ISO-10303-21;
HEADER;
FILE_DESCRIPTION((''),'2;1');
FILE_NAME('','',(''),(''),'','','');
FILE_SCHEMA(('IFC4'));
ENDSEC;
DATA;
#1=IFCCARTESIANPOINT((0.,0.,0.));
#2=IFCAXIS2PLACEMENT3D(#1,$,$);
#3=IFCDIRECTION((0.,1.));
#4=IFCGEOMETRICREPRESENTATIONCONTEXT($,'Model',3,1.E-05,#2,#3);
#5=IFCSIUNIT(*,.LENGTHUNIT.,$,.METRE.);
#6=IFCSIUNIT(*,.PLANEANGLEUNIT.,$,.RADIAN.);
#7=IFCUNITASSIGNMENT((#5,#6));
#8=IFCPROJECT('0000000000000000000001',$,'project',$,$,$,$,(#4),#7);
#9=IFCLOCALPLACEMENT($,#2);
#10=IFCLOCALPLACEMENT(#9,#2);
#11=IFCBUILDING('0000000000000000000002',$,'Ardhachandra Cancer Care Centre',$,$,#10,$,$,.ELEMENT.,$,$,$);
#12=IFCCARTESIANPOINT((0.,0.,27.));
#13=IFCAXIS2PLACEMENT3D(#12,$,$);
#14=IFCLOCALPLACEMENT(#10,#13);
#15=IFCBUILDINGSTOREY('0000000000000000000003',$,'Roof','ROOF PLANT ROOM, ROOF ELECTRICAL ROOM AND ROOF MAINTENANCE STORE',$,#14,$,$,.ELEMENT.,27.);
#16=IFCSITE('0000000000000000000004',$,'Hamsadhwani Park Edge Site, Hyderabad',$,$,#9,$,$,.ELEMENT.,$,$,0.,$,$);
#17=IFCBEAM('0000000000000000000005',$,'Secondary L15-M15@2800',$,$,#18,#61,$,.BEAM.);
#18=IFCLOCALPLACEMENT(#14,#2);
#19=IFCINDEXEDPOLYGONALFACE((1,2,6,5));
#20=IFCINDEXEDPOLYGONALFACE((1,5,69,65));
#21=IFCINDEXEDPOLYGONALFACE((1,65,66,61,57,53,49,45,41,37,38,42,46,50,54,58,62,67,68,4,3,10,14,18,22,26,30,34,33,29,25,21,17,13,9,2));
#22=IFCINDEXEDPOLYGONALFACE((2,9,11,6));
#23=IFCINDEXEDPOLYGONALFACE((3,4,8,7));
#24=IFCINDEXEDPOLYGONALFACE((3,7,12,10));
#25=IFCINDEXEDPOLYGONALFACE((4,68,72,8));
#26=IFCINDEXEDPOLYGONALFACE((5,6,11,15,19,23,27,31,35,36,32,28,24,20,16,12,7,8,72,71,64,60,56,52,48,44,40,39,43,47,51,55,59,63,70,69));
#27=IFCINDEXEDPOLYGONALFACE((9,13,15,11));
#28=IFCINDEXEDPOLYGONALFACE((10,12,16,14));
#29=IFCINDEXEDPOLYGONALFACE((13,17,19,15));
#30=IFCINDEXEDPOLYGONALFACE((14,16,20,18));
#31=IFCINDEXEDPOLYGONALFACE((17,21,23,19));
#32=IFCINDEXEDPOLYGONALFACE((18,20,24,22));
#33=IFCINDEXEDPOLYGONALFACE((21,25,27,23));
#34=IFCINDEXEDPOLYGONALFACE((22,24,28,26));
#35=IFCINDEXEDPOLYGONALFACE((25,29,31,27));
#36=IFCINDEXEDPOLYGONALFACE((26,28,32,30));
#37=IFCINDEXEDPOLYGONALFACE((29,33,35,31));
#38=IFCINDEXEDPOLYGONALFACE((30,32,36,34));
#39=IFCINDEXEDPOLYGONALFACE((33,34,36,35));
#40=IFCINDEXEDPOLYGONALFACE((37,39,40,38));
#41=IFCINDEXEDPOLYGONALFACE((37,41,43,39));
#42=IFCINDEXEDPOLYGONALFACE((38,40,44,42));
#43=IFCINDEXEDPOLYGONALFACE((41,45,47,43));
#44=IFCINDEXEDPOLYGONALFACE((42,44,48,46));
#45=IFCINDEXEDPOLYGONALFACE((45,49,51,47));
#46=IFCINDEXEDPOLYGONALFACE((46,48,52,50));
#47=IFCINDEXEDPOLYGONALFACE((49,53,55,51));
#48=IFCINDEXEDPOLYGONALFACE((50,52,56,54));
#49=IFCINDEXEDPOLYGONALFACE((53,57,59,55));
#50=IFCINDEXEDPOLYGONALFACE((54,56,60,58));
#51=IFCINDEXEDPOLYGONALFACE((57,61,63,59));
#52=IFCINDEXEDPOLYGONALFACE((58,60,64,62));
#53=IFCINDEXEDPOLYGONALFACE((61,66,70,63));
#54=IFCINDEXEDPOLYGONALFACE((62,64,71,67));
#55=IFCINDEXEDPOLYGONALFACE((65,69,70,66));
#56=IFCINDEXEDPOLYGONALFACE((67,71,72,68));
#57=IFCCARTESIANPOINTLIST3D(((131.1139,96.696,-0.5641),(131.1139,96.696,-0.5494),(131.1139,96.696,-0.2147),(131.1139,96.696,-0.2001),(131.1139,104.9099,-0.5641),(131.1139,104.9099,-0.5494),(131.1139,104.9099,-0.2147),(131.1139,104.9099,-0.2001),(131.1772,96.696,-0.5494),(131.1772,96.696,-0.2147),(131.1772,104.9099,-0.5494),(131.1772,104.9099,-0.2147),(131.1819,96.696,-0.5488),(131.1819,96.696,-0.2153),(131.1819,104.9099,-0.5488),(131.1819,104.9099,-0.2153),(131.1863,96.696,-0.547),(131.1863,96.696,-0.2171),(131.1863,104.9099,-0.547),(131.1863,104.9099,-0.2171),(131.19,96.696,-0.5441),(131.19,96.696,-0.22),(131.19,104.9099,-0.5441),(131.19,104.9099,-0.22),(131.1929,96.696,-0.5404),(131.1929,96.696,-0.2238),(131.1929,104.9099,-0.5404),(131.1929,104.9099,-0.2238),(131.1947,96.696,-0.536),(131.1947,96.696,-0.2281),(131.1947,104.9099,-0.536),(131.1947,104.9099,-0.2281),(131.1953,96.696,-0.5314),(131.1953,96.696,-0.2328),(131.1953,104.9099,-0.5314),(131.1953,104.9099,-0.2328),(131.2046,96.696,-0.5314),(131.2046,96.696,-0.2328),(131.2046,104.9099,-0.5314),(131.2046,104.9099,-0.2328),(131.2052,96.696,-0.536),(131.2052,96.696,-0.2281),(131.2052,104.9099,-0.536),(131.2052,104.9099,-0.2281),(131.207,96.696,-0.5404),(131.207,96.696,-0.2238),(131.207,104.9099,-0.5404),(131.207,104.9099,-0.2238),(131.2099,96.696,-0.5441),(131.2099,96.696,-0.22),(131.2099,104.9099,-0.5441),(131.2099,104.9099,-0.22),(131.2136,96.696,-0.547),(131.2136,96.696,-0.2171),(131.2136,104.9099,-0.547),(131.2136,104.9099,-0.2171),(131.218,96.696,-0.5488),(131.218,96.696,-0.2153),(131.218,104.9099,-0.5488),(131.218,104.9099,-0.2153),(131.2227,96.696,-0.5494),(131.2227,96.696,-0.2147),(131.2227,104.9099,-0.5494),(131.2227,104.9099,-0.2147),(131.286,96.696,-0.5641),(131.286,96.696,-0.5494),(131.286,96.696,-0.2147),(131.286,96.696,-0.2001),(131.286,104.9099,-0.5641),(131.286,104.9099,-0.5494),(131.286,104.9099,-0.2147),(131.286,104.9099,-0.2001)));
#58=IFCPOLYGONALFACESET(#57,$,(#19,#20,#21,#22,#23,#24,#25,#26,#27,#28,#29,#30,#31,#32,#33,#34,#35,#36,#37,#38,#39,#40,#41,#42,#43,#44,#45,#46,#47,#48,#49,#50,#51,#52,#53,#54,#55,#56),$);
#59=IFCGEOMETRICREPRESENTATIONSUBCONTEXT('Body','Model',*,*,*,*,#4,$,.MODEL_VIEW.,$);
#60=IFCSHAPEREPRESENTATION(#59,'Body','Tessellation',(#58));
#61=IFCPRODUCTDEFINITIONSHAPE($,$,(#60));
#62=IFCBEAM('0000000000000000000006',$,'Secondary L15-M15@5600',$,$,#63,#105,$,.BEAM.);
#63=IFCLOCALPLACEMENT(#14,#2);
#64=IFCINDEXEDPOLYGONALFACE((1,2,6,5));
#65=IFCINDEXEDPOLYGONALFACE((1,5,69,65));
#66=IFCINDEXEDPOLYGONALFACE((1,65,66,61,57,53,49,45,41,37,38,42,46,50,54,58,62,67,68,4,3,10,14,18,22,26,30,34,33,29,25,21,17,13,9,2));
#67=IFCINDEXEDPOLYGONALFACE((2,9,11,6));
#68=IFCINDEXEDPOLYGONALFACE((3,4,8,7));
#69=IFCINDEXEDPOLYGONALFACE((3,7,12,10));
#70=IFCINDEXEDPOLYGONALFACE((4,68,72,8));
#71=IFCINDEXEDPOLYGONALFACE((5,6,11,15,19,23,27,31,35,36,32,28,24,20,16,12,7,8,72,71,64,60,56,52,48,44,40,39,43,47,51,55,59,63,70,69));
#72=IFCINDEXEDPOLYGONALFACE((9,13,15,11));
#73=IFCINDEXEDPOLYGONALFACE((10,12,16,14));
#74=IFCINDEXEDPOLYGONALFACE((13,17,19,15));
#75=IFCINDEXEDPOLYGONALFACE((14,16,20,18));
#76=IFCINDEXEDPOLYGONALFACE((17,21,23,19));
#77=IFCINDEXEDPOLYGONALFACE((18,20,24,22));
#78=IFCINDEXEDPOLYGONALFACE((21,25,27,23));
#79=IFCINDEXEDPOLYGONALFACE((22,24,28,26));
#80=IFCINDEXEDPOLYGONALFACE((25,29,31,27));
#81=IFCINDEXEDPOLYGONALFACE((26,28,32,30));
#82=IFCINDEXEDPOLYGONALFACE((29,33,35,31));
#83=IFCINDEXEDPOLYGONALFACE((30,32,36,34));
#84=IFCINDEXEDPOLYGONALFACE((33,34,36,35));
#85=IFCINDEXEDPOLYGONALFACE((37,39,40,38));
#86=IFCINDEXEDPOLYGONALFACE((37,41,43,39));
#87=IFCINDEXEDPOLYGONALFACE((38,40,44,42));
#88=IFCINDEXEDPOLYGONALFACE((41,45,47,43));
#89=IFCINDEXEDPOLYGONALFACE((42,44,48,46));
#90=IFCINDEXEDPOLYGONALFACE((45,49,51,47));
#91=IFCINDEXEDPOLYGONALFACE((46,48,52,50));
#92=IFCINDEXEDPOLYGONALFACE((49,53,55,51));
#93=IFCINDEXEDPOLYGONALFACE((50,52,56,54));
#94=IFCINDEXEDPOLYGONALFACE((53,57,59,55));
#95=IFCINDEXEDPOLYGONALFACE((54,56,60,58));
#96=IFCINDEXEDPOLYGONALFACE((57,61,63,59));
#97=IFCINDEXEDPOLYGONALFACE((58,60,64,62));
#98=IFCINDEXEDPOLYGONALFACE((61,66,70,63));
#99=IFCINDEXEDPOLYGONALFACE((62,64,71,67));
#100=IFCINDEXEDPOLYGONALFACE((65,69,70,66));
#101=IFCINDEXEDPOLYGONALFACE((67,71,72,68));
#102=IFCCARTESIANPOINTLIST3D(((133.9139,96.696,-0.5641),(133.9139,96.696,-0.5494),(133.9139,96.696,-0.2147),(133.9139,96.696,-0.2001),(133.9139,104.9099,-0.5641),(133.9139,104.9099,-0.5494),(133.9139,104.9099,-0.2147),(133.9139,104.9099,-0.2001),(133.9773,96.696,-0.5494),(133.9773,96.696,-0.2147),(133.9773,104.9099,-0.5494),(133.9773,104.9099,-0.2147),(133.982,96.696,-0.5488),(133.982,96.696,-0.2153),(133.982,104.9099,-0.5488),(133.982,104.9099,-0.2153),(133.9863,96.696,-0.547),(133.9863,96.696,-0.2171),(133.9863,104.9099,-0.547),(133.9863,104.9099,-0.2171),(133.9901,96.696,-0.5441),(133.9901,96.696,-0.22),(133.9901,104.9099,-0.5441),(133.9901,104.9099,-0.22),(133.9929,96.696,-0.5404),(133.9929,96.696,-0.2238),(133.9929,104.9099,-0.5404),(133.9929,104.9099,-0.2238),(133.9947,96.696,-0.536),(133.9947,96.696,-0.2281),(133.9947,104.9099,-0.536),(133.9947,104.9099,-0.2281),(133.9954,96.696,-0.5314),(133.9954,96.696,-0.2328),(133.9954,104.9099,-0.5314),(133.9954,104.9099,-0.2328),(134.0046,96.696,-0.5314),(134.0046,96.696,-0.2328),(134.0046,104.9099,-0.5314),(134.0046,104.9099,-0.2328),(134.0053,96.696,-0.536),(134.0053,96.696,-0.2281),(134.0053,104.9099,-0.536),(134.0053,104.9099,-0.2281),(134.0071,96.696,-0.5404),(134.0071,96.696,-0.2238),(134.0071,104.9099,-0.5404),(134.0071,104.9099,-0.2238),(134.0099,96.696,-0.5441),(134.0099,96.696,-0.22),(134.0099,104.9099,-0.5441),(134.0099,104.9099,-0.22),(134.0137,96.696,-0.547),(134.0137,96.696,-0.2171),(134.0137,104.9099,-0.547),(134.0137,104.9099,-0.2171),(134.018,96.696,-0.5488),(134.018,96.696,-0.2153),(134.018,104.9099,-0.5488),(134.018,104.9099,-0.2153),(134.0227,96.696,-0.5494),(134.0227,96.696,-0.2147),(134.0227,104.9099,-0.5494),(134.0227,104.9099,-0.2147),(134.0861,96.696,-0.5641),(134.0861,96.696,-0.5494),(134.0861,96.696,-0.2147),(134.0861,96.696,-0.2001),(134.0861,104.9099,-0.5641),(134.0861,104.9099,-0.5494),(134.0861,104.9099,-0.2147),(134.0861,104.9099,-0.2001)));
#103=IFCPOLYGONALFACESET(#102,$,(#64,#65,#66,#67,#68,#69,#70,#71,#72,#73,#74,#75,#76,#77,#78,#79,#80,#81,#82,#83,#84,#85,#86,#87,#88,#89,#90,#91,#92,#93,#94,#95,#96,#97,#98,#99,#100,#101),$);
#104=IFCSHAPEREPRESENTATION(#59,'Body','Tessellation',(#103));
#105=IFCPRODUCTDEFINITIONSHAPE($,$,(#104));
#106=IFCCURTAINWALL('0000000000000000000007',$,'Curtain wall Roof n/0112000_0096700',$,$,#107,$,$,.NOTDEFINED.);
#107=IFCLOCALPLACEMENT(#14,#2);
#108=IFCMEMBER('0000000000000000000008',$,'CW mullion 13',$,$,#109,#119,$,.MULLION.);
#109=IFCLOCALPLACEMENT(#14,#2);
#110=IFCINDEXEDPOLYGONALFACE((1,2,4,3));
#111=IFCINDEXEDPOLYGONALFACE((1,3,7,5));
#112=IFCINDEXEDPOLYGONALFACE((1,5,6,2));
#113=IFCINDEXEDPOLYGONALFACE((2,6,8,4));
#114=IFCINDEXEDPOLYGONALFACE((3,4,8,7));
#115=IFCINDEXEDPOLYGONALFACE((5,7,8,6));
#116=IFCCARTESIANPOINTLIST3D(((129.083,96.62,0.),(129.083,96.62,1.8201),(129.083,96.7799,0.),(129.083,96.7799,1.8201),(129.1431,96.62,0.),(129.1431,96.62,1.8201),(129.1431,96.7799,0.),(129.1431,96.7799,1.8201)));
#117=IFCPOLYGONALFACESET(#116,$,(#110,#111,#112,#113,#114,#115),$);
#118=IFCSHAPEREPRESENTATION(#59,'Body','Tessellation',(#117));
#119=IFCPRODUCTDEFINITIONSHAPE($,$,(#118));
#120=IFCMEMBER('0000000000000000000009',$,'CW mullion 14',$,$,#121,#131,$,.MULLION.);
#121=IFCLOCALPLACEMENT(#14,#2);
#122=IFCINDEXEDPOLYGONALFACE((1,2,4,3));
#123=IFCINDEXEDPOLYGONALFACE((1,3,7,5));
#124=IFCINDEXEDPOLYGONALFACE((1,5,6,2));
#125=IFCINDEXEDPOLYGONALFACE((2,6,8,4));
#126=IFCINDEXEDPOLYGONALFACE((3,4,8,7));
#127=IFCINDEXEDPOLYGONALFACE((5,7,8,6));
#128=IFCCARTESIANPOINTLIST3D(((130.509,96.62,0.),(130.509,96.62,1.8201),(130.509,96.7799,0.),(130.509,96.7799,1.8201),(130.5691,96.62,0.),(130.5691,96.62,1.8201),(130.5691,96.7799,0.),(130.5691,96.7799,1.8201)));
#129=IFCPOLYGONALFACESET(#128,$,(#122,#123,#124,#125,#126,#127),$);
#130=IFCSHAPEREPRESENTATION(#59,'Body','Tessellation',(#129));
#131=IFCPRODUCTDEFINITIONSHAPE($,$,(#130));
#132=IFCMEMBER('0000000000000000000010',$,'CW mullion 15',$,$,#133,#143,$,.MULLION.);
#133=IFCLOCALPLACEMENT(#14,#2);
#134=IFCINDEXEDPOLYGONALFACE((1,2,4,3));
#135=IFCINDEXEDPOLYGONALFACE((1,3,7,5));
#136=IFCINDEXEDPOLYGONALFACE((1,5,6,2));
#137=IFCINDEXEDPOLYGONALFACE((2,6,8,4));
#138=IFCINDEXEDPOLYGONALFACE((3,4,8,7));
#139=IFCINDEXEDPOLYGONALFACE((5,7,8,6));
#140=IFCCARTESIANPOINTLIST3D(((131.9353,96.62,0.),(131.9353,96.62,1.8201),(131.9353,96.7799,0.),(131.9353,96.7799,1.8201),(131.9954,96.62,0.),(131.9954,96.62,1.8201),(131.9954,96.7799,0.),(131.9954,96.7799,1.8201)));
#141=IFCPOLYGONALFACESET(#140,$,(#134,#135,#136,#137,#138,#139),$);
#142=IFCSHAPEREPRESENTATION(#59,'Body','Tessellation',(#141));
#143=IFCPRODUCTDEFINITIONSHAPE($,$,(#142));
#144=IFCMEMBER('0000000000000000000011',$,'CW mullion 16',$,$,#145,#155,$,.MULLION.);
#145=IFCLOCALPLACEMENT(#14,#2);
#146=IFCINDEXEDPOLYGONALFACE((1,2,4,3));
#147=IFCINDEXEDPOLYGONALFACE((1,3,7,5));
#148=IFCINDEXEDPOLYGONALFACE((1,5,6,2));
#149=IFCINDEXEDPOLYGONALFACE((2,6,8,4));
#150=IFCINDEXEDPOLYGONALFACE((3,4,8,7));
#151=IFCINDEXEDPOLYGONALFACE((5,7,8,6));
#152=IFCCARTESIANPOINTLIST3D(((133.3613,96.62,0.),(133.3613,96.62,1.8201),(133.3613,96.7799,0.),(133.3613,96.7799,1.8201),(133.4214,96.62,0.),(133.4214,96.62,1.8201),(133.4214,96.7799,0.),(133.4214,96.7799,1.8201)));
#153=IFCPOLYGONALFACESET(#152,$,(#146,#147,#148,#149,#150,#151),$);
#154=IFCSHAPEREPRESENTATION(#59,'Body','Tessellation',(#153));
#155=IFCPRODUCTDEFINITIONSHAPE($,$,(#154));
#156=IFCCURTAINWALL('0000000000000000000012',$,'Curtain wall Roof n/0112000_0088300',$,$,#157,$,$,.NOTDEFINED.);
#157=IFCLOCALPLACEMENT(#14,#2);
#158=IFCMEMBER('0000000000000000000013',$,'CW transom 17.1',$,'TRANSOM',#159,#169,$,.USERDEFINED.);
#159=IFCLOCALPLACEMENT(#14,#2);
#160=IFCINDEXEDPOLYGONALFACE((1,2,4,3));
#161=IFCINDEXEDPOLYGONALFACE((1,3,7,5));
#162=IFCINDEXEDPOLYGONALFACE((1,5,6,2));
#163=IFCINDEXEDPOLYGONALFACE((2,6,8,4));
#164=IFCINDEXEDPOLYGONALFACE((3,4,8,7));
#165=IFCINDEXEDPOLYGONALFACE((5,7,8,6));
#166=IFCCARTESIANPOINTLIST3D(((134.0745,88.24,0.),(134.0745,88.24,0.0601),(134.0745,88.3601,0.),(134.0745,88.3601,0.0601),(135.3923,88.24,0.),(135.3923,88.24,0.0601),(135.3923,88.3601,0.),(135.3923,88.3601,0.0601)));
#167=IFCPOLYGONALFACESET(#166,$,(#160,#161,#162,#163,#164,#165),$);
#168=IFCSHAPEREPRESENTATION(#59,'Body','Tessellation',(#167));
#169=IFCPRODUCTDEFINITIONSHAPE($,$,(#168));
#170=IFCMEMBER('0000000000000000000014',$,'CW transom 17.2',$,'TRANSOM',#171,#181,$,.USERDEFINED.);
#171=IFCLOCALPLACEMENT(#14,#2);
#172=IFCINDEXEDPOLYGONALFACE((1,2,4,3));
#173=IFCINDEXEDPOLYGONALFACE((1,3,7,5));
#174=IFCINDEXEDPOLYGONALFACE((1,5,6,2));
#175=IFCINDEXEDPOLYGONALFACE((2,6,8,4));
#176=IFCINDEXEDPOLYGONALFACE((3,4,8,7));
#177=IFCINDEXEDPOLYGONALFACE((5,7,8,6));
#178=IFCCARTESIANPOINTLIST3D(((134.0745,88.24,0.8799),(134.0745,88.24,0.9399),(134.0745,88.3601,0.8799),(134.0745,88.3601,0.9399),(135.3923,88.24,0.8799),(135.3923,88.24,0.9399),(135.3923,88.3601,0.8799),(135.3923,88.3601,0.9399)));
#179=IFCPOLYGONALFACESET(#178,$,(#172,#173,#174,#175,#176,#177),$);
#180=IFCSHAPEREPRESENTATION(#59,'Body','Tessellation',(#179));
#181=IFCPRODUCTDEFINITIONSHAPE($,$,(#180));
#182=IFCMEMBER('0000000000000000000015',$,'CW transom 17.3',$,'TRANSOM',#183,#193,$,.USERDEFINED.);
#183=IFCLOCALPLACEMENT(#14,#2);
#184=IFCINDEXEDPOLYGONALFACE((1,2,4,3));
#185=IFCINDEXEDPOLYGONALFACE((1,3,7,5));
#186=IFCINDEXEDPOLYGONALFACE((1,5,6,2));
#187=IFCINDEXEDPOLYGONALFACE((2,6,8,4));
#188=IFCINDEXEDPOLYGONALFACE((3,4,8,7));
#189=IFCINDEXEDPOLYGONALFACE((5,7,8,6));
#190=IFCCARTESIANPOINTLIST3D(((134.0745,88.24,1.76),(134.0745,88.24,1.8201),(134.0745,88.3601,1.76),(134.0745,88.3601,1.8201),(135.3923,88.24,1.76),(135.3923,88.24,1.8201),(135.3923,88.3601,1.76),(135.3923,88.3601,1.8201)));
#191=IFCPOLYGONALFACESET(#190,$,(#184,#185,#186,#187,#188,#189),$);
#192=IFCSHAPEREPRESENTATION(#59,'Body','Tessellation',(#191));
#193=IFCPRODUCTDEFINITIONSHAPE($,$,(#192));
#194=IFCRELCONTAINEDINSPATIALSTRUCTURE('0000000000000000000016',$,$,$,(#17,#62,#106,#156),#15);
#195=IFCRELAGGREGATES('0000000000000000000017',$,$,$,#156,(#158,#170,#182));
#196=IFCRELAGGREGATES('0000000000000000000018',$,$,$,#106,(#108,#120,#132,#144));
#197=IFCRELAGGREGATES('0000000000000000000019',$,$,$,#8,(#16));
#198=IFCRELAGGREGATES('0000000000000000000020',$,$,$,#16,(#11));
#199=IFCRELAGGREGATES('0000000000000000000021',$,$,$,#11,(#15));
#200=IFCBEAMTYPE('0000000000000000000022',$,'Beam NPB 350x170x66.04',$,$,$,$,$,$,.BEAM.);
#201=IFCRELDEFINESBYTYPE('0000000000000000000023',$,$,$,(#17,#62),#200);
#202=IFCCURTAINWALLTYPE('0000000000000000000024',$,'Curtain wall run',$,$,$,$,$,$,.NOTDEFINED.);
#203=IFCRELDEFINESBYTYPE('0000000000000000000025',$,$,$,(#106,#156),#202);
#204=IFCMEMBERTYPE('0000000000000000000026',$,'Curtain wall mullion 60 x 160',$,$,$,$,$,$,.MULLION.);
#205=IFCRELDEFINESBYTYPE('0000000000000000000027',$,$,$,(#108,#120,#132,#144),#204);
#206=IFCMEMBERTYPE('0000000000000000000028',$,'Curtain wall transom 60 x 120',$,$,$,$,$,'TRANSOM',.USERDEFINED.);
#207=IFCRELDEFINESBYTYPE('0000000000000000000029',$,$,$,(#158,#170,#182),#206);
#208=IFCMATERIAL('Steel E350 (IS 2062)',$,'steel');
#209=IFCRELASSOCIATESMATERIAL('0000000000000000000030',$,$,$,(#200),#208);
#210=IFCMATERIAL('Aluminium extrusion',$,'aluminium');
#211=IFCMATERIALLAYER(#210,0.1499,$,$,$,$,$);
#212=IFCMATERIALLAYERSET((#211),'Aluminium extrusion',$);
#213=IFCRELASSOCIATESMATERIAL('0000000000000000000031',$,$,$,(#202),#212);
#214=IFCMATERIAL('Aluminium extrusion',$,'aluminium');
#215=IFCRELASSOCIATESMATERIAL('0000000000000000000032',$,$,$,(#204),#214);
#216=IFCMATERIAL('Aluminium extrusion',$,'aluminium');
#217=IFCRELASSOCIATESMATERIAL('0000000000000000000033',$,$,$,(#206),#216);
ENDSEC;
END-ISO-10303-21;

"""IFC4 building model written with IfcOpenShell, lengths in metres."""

from ifc_helpers import new_model, si_unit, direction, frame, origin, origin_2d, place, context, subcontext, project, spatial, rectangle, i_section, extrude, material, layer, layer_set, material_profile, profile_set, type_object, element, aggregate, save


model = new_model("IFC4")

# Units and contexts
model_context = context("Model", 3, precision=1e-05, world=origin(), true_north=direction((0.0, 1.0)))
body_context = subcontext(model_context, "Body", "Model", "MODEL_VIEW")
ifc_project = project(units=[si_unit("LENGTHUNIT", "METRE"), si_unit("PLANEANGLEUNIT", "RADIAN")], contexts=[model_context])

# Site, building, storey
site_placement = place(None, origin())
site = spatial("IfcSite", under=ifc_project, at=site_placement, Name="Hamsadhwani Park Edge Site, Hyderabad", CompositionType="ELEMENT", RefElevation=0.0)
building_placement = place(site_placement, origin())
building = spatial("IfcBuilding", under=site, at=building_placement, Name="Ardhachandra Cancer Care Centre", CompositionType="ELEMENT")
storey_placement = place(building_placement, frame((0.0, 0.0, 27.0)))
storey = spatial("IfcBuildingStorey", under=building, at=storey_placement, Name="Roof", Description="ROOF PLANT ROOM, ROOF ELECTRICAL ROOM AND ROOF MAINTENANCE STORE", CompositionType="ELEMENT", Elevation=27.0)

# Beams
ifc_material_1 = material(Name="Steel E350 (IS 2062)", Category="steel")
ifc_material_profile_1 = material_profile(ifc_material_1, i_section(OverallWidth=0.1721, OverallDepth=0.364, WebThickness=0.0093, FlangeThickness=0.0146, FilletRadius=0.0181, at=origin_2d()), Name="NPB 350x170x66.04")
ifc_profile_set_1 = profile_set([ifc_material_profile_1], Name="Steel E350 (IS 2062)")
beam_type = type_object("IfcBeamType", Name="Beam NPB 350x170x66.04", PredefinedType="BEAM", material=ifc_profile_set_1)
for number, where, z_axis, x_axis, name in (
    (1, (131.2, 96.696, -0.3821), (0.0, 1.0, 0.0), (-1.0, 0.0, 0.0), "Secondary L15-M15@2800"),
    (2, (134.0, 96.696, -0.3821), (0.0, 1.0, 0.0), (-1.0, 0.0, 0.0), "Secondary L15-M15@5600"),
):
    element("IfcBeam", number, at=place(storey_placement, frame(where, z_axis=z_axis, x_axis=x_axis)), inside=storey, type_object=beam_type, Name=name, PredefinedType="BEAM", context=body_context, shape_type="SweptSolid", body=[
        extrude(i_section(OverallWidth=0.1721, OverallDepth=0.364, WebThickness=0.0093, FlangeThickness=0.0146, FilletRadius=0.0181, at=origin_2d()), origin(), (0.0, 0.0, 1.0), 8.2139),
    ])

# Curtain walls, members
ifc_material_2 = material(Name="Aluminium extrusion", Category="aluminium")
ifc_layer_1 = layer(ifc_material_2, 0.1499)
ifc_layer_set_1 = layer_set([ifc_layer_1], Name="Aluminium extrusion")
curtain_wall_type = type_object("IfcCurtainWallType", Name="Curtain wall run", PredefinedType="NOTDEFINED", material=ifc_layer_set_1)
curtain_wall_1_placement = place(storey_placement, origin())
curtain_wall_1 = element("IfcCurtainWall", 3, at=curtain_wall_1_placement, inside=storey, type_object=curtain_wall_type, Name="Curtain wall Roof n/0112000_0096700", PredefinedType="NOTDEFINED")
ifc_material_3 = material(Name="Aluminium extrusion", Category="aluminium")
ifc_material_profile_2 = material_profile(ifc_material_3, rectangle(XDim=0.1599, YDim=0.0601, at=origin_2d()), Name="Curtain wall mullion 60 x 160")
ifc_profile_set_2 = profile_set([ifc_material_profile_2], Name="Aluminium extrusion")
member_type_1 = type_object("IfcMemberType", Name="Curtain wall mullion 60 x 160", PredefinedType="MULLION", material=ifc_profile_set_2)
member_1_placement = place(storey_placement, frame((129.113, 96.7, 0.0), z_axis=(0.0, 0.0, 1.0), x_axis=(0.0, 1.0, 0.0)))
member_1 = element("IfcMember", 4, at=member_1_placement, type_object=member_type_1, Name="CW mullion 13", PredefinedType="MULLION", context=body_context, shape_type="SweptSolid", body=[
    extrude(rectangle(XDim=0.1599, YDim=0.0601, at=origin_2d()), origin(), (0.0, 0.0, 1.0), 1.8201),
])
member_2_placement = place(storey_placement, frame((130.5391, 96.7, 0.0), z_axis=(0.0, 0.0, 1.0), x_axis=(0.0, 1.0, 0.0)))
member_2 = element("IfcMember", 5, at=member_2_placement, type_object=member_type_1, Name="CW mullion 14", PredefinedType="MULLION", context=body_context, shape_type="SweptSolid", body=[
    extrude(rectangle(XDim=0.1599, YDim=0.0601, at=origin_2d()), origin(), (0.0, 0.0, 1.0), 1.8201),
])
member_3_placement = place(storey_placement, frame((131.9653, 96.7, 0.0), z_axis=(0.0, 0.0, 1.0), x_axis=(0.0, 1.0, 0.0)))
member_3 = element("IfcMember", 6, at=member_3_placement, type_object=member_type_1, Name="CW mullion 15", PredefinedType="MULLION", context=body_context, shape_type="SweptSolid", body=[
    extrude(rectangle(XDim=0.1599, YDim=0.0601, at=origin_2d()), origin(), (0.0, 0.0, 1.0), 1.8201),
])
member_4_placement = place(storey_placement, frame((133.3914, 96.7, 0.0), z_axis=(0.0, 0.0, 1.0), x_axis=(0.0, 1.0, 0.0)))
member_4 = element("IfcMember", 7, at=member_4_placement, type_object=member_type_1, Name="CW mullion 16", PredefinedType="MULLION", context=body_context, shape_type="SweptSolid", body=[
    extrude(rectangle(XDim=0.1599, YDim=0.0601, at=origin_2d()), origin(), (0.0, 0.0, 1.0), 1.8201),
])
curtain_wall_2_placement = place(storey_placement, origin())
curtain_wall_2 = element("IfcCurtainWall", 8, at=curtain_wall_2_placement, inside=storey, type_object=curtain_wall_type, Name="Curtain wall Roof n/0112000_0088300", PredefinedType="NOTDEFINED")
ifc_material_4 = material(Name="Aluminium extrusion", Category="aluminium")
ifc_material_profile_3 = material_profile(ifc_material_4, rectangle(XDim=0.1201, YDim=0.0601, at=origin_2d()), Name="Curtain wall transom 60 x 120")
ifc_profile_set_3 = profile_set([ifc_material_profile_3], Name="Aluminium extrusion")
member_type_2 = type_object("IfcMemberType", Name="Curtain wall transom 60 x 120", ElementType="TRANSOM", PredefinedType="USERDEFINED", material=ifc_profile_set_3)
member_5_placement = place(storey_placement, frame((134.0745, 88.3, 0.03), z_axis=(1.0, 0.0, 0.0), x_axis=(0.0, 1.0, 0.0)))
member_5 = element("IfcMember", 9, at=member_5_placement, type_object=member_type_2, Name="CW transom 17.1", ObjectType="TRANSOM", PredefinedType="USERDEFINED", context=body_context, shape_type="SweptSolid", body=[
    extrude(rectangle(XDim=0.1201, YDim=0.0601, at=origin_2d()), origin(), (0.0, 0.0, 1.0), 1.3179),
])
member_6_placement = place(storey_placement, frame((134.0745, 88.3, 0.9099), z_axis=(1.0, 0.0, 0.0), x_axis=(0.0, 1.0, 0.0)))
member_6 = element("IfcMember", 10, at=member_6_placement, type_object=member_type_2, Name="CW transom 17.2", ObjectType="TRANSOM", PredefinedType="USERDEFINED", context=body_context, shape_type="SweptSolid", body=[
    extrude(rectangle(XDim=0.1201, YDim=0.0601, at=origin_2d()), origin(), (0.0, 0.0, 1.0), 1.3179),
])
member_7_placement = place(storey_placement, frame((134.0745, 88.3, 1.79), z_axis=(1.0, 0.0, 0.0), x_axis=(0.0, 1.0, 0.0)))
member_7 = element("IfcMember", 11, at=member_7_placement, type_object=member_type_2, Name="CW transom 17.3", ObjectType="TRANSOM", PredefinedType="USERDEFINED", context=body_context, shape_type="SweptSolid", body=[
    extrude(rectangle(XDim=0.1201, YDim=0.0601, at=origin_2d()), origin(), (0.0, 0.0, 1.0), 1.3179),
])

aggregate(curtain_wall_2, [member_5, member_6, member_7])
aggregate(curtain_wall_1, [member_1, member_2, member_3, member_4])

save(model, "model.ifc")
